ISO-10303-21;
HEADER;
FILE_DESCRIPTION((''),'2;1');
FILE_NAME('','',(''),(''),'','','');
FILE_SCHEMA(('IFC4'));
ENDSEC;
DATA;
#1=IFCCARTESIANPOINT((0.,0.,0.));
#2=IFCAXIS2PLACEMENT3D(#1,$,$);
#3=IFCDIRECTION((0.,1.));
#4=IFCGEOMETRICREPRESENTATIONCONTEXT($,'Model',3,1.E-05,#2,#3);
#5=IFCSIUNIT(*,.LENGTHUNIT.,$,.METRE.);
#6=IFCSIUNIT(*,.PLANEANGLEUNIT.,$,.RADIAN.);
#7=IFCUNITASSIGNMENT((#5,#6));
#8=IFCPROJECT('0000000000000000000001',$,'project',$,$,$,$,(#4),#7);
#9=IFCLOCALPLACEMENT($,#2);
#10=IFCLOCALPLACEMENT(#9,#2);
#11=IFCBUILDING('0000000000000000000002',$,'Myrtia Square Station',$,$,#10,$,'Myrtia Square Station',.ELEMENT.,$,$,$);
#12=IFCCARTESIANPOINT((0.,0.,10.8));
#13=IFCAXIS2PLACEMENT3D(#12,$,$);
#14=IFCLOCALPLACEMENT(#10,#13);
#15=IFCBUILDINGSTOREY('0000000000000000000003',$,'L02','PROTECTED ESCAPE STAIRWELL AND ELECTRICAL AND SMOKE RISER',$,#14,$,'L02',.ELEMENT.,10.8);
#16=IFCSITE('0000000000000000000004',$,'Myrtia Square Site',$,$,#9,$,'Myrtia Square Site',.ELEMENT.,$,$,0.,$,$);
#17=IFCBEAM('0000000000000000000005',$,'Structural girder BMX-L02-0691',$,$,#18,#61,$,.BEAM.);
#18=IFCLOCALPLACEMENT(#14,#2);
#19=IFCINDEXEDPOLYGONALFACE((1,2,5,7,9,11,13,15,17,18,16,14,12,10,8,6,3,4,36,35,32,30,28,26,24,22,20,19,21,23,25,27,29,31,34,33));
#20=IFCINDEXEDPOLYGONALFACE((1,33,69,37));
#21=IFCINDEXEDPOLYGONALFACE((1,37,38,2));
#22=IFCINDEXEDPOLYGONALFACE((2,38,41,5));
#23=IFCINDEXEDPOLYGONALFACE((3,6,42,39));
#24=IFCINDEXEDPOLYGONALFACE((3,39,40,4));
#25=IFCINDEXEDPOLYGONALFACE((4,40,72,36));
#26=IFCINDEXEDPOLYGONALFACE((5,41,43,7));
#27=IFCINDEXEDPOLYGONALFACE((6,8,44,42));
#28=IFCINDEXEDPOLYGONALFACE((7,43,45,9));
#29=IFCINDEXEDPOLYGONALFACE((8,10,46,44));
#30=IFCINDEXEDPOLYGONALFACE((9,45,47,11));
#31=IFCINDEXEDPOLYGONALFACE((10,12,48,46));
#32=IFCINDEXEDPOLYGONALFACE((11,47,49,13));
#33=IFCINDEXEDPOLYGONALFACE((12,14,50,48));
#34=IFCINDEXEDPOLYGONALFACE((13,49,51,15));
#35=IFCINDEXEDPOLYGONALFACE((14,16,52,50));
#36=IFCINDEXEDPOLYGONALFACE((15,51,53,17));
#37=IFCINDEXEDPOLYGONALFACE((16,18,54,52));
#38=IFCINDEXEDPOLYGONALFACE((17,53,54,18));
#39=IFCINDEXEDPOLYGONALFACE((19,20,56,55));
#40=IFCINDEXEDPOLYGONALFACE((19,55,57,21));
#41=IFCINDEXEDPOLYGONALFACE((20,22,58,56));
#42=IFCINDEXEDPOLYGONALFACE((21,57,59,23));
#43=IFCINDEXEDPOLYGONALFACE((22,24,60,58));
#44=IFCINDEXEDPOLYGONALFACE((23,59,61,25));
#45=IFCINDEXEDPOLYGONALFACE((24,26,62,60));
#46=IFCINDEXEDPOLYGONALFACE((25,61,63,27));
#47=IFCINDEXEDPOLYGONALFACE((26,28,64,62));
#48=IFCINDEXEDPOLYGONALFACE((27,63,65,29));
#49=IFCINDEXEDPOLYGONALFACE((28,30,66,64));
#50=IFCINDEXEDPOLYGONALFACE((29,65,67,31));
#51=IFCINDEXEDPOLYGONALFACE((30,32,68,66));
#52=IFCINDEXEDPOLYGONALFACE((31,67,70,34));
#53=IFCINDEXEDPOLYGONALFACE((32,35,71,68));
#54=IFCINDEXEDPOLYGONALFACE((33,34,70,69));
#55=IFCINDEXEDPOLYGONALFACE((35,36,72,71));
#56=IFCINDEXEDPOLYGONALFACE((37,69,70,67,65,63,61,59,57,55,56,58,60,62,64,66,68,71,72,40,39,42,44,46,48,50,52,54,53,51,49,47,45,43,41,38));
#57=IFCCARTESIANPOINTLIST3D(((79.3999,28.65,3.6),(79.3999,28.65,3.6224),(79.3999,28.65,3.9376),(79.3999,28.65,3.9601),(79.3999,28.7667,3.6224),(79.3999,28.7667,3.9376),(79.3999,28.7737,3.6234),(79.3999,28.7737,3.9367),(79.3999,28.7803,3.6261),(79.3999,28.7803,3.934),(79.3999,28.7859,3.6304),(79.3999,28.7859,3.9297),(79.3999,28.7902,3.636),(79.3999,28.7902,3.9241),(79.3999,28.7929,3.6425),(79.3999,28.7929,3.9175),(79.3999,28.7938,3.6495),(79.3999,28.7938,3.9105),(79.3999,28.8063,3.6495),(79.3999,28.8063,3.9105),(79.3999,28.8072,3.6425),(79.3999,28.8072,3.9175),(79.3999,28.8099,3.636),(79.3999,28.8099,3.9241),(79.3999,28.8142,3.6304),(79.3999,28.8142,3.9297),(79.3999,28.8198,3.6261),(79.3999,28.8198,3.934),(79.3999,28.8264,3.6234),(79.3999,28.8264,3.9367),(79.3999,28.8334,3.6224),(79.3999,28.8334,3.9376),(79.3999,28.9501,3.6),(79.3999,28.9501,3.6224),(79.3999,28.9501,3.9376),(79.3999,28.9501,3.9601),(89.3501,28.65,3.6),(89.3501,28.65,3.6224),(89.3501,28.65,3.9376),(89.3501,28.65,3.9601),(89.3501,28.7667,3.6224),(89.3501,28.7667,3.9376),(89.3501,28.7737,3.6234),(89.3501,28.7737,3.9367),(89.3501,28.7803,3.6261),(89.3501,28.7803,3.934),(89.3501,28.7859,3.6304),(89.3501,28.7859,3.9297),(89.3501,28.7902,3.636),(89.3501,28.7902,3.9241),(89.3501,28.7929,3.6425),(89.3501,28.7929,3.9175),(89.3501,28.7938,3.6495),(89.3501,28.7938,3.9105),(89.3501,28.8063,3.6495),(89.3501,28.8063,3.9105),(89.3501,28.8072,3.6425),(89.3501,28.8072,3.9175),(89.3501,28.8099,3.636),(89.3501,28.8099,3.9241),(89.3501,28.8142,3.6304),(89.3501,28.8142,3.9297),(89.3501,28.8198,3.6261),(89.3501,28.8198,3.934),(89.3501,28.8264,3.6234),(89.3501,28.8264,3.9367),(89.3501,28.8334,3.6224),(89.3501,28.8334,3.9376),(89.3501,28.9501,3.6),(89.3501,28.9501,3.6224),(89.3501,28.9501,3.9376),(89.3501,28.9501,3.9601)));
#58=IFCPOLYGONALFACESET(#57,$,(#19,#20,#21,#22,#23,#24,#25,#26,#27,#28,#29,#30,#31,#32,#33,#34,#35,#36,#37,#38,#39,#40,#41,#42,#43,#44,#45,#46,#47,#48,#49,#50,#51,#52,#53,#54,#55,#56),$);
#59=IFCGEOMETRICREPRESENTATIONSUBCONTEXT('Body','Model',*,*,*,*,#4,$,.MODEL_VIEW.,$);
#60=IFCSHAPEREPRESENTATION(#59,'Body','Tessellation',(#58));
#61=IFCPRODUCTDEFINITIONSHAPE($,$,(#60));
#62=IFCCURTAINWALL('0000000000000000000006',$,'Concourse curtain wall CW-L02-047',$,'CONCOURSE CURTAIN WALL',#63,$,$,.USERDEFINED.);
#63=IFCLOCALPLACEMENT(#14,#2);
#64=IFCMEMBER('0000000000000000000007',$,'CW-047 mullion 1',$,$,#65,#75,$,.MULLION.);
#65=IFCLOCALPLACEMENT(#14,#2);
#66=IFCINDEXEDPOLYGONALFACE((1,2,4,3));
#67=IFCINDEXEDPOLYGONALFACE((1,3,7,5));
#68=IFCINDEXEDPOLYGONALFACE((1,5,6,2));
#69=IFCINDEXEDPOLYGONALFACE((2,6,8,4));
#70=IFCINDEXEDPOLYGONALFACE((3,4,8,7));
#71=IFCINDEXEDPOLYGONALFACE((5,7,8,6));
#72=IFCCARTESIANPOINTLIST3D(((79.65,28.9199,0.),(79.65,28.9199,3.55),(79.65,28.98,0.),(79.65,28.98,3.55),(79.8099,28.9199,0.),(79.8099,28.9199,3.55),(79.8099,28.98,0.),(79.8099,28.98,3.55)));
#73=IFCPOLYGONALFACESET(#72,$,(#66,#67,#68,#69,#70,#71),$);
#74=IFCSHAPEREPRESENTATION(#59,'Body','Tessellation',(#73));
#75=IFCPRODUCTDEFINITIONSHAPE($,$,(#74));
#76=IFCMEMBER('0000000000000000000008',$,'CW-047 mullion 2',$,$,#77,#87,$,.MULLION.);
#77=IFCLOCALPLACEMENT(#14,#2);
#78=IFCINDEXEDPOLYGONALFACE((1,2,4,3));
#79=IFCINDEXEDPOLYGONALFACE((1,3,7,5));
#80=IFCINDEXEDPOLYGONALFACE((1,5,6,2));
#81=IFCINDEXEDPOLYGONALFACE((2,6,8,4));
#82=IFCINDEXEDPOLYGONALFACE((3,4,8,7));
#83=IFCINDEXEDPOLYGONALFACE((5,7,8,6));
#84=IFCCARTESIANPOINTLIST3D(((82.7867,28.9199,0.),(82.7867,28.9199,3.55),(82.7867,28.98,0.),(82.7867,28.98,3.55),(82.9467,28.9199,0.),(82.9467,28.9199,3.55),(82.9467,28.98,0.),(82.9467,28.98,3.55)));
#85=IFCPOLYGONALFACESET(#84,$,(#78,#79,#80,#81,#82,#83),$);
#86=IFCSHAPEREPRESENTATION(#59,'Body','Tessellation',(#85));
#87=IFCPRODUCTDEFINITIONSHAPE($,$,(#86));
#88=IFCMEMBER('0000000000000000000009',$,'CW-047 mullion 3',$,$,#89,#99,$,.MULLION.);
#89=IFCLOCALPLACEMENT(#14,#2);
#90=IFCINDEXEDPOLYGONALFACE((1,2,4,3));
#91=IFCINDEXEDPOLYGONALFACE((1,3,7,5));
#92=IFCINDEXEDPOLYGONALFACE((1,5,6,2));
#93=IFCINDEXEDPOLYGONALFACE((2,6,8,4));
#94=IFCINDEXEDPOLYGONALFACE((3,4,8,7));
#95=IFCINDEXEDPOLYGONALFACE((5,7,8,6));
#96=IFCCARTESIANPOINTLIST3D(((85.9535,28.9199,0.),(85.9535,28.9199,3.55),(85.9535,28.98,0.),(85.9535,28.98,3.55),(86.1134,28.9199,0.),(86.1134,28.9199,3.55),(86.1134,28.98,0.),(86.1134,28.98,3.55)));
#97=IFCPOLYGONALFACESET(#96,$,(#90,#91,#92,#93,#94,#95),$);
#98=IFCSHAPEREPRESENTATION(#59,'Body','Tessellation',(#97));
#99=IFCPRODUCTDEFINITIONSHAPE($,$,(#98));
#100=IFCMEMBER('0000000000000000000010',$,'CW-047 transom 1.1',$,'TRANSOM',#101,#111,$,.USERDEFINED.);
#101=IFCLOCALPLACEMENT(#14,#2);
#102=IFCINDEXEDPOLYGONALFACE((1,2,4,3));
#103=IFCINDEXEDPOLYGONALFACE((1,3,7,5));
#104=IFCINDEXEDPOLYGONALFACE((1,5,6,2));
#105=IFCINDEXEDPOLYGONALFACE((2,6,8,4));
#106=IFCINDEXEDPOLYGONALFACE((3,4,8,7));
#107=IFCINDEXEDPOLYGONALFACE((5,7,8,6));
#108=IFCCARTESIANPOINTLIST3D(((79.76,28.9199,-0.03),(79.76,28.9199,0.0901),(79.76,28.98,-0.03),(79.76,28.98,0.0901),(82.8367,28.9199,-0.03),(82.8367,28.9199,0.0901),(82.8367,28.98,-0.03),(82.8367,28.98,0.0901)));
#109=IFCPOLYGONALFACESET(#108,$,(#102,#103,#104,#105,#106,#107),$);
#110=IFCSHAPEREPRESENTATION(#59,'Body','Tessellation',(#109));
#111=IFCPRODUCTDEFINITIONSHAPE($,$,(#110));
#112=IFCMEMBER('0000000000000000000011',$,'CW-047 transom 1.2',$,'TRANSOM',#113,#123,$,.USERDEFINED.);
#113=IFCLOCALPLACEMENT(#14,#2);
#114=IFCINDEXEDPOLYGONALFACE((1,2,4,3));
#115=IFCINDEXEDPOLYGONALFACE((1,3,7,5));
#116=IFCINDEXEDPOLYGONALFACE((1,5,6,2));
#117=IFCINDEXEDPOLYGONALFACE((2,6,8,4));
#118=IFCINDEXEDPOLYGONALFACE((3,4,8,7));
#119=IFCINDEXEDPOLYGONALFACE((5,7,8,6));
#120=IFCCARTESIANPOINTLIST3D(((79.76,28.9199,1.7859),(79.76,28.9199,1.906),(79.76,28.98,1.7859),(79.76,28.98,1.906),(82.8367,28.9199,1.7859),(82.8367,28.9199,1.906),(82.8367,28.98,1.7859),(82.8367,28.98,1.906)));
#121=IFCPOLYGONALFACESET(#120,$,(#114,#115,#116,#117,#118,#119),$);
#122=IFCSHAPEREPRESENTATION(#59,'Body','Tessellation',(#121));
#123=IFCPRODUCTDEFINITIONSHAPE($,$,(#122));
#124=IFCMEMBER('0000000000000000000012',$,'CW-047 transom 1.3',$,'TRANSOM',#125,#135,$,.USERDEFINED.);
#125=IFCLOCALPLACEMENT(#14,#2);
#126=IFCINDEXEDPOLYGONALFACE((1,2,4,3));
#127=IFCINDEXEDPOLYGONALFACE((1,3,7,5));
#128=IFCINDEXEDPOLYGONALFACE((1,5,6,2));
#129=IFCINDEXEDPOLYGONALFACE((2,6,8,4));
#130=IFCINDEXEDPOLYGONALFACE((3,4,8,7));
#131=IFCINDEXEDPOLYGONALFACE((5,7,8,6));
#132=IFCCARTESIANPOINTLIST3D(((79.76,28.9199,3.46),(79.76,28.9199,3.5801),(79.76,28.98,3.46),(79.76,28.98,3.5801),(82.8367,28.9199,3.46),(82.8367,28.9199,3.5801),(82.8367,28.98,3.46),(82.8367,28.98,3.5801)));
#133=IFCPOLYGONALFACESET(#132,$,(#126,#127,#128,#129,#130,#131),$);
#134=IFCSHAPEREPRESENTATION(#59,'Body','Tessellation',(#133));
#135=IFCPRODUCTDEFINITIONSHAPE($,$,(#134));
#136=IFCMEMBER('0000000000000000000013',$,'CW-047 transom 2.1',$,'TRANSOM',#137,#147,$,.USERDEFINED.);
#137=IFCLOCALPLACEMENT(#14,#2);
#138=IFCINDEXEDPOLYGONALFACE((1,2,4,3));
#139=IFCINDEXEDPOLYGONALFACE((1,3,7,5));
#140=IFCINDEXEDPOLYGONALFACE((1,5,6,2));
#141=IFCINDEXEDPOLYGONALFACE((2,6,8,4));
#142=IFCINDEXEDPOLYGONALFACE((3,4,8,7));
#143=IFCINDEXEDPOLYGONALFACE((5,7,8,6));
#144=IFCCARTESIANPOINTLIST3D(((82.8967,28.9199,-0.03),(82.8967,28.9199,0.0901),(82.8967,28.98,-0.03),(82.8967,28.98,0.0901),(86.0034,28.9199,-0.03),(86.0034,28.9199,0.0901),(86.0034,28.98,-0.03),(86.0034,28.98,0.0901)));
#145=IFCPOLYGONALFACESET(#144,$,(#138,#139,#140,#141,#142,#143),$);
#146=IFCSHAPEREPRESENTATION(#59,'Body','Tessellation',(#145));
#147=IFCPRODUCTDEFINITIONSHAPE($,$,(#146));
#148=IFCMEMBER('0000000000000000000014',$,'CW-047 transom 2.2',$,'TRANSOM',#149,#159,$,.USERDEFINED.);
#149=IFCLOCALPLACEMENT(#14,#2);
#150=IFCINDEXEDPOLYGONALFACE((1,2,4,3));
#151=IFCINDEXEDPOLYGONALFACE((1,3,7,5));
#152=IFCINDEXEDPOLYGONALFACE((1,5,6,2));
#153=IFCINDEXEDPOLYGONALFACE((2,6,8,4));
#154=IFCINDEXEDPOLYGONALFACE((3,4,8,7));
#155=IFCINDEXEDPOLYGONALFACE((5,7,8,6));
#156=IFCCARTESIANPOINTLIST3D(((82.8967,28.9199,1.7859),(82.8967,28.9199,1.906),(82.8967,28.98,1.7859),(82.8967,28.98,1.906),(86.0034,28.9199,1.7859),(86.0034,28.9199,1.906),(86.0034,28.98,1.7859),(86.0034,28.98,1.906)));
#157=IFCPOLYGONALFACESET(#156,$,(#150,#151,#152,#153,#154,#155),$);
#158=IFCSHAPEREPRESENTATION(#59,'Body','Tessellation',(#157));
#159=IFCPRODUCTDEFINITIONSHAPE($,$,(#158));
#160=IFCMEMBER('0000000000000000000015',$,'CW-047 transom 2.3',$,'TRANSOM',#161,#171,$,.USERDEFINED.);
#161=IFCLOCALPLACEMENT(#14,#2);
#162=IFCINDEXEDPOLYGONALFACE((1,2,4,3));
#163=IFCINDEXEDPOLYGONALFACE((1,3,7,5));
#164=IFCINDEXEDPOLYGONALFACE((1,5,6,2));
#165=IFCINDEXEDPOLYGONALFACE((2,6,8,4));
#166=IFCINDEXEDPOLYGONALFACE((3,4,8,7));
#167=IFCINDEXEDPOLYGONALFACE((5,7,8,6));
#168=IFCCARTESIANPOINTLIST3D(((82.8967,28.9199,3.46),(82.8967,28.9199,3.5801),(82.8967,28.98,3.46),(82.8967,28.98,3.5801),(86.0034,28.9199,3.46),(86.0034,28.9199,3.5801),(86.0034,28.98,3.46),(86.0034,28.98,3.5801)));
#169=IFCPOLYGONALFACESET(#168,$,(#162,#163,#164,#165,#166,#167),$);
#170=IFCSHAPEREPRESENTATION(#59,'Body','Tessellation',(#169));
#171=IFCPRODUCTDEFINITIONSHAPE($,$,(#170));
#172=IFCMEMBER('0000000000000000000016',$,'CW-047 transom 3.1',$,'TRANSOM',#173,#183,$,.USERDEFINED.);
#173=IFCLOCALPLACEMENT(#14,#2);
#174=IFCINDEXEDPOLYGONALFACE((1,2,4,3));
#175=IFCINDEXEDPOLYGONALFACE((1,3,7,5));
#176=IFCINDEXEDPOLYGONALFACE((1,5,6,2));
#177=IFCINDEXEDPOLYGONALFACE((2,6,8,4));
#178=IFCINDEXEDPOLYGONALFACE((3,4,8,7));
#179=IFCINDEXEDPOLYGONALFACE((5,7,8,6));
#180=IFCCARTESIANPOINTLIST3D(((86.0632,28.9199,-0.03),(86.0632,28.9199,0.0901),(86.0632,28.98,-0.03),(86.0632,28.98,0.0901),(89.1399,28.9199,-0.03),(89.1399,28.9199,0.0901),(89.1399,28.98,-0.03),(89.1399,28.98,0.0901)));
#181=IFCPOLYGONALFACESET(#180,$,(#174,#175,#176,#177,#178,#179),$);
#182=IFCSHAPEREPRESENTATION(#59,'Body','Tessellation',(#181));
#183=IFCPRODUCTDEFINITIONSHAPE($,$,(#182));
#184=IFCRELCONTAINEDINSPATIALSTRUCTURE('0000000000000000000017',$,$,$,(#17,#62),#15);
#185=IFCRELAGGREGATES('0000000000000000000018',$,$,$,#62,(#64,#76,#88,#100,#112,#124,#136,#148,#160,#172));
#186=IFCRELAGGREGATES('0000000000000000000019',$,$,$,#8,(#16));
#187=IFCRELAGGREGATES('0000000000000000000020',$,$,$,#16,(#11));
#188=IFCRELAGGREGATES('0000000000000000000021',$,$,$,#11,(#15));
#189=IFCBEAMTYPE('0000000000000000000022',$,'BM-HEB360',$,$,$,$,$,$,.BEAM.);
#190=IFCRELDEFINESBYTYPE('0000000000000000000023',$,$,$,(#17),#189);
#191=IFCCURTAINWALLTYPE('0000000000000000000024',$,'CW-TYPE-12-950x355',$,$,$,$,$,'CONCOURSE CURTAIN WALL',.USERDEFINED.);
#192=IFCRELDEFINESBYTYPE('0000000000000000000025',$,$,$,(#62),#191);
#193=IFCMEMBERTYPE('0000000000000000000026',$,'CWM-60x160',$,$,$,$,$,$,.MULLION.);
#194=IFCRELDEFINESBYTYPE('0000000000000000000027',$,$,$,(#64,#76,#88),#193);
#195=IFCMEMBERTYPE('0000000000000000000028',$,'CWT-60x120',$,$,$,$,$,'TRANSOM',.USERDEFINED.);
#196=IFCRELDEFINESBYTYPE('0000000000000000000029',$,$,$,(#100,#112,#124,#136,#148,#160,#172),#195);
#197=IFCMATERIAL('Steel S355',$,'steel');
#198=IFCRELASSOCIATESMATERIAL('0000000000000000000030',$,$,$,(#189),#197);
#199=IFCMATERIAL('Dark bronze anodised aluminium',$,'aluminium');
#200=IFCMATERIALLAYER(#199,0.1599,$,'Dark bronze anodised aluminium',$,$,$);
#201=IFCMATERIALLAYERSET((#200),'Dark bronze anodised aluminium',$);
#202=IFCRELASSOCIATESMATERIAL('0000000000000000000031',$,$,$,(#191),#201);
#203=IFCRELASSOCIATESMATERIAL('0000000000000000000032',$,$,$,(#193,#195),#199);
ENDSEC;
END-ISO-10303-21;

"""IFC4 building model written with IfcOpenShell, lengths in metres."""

from ifc_helpers import new_model, si_unit, direction, frame, origin, origin_2d, place, context, subcontext, project, spatial, rectangle, i_section, extrude, material, layer, layer_set, material_profile, profile_set, type_object, element, aggregate, save


model = new_model("IFC4")

# Units and contexts
model_context = context("Model", 3, precision=1e-05, world=origin(), true_north=direction((0.0, 1.0)))
body_context = subcontext(model_context, "Body", "Model", "MODEL_VIEW")
ifc_project = project(units=[si_unit("LENGTHUNIT", "METRE"), si_unit("PLANEANGLEUNIT", "RADIAN")], contexts=[model_context])

# Site, building, storey
site_placement = place(None, origin())
site = spatial("IfcSite", under=ifc_project, at=site_placement, Name="Myrtia Square Site", LongName="Myrtia Square Site", CompositionType="ELEMENT", RefElevation=0.0)
building_placement = place(site_placement, origin())
building = spatial("IfcBuilding", under=site, at=building_placement, Name="Myrtia Square Station", LongName="Myrtia Square Station", CompositionType="ELEMENT")
storey_placement = place(building_placement, frame((0.0, 0.0, 10.8)))
storey = spatial("IfcBuildingStorey", under=building, at=storey_placement, Name="L02", Description="PROTECTED ESCAPE STAIRWELL AND ELECTRICAL AND SMOKE RISER", LongName="L02", CompositionType="ELEMENT", Elevation=10.8)

# Beam
ifc_material_1 = material(Name="Steel S355", Category="steel")
ifc_material_profile_1 = material_profile(ifc_material_1, i_section(OverallWidth=0.3, OverallDepth=0.3601, WebThickness=0.0125, FlangeThickness=0.0225, FilletRadius=0.0271, at=origin_2d()), Name="HEB 360")
ifc_profile_set_1 = profile_set([ifc_material_profile_1], Name="Steel S355")
beam_type = type_object("IfcBeamType", Name="BM-HEB360", PredefinedType="BEAM", material=ifc_profile_set_1)
beam_placement = place(storey_placement, frame((79.3999, 28.8, 3.78), z_axis=(1.0, 0.0, 0.0), x_axis=(0.0, 1.0, 0.0)))
element("IfcBeam", 1, at=beam_placement, inside=storey, type_object=beam_type, Name="Structural girder BMX-L02-0691", PredefinedType="BEAM", context=body_context, shape_type="SweptSolid", body=[
    extrude(i_section(OverallWidth=0.3, OverallDepth=0.3601, WebThickness=0.0125, FlangeThickness=0.0225, FilletRadius=0.0271, at=origin_2d()), origin(), (0.0, 0.0, 1.0), 9.9502),
])

# Curtain wall, members
ifc_material_2 = material(Name="Dark bronze anodised aluminium", Category="aluminium")
ifc_layer_1 = layer(ifc_material_2, 0.1599, Name="Dark bronze anodised aluminium")
ifc_layer_set_1 = layer_set([ifc_layer_1], Name="Dark bronze anodised aluminium")
curtain_wall_type = type_object("IfcCurtainWallType", Name="CW-TYPE-12-950x355", ElementType="CONCOURSE CURTAIN WALL", PredefinedType="USERDEFINED", material=ifc_layer_set_1)
curtain_wall_placement = place(storey_placement, origin())
curtain_wall = element("IfcCurtainWall", 2, at=curtain_wall_placement, inside=storey, type_object=curtain_wall_type, Name="Concourse curtain wall CW-L02-047", ObjectType="CONCOURSE CURTAIN WALL", PredefinedType="USERDEFINED")
ifc_material_profile_2 = material_profile(ifc_material_2, rectangle(XDim=0.0601, YDim=0.1599, at=origin_2d()), Name="ALU-M 60x160")
ifc_profile_set_2 = profile_set([ifc_material_profile_2], Name="Dark bronze anodised aluminium")
member_type_1 = type_object("IfcMemberType", Name="CWM-60x160", PredefinedType="MULLION", material=ifc_profile_set_2)
member_1_placement = place(storey_placement, frame((79.73, 28.95, 0.0), z_axis=(0.0, 0.0, 1.0), x_axis=(0.0, 1.0, 0.0)))
member_1 = element("IfcMember", 3, at=member_1_placement, type_object=member_type_1, Name="CW-047 mullion 1", PredefinedType="MULLION", context=body_context, shape_type="SweptSolid", body=[
    extrude(rectangle(XDim=0.0601, YDim=0.1599, at=origin_2d()), origin(), (0.0, 0.0, 1.0), 3.55),
])
member_2_placement = place(storey_placement, frame((82.8667, 28.95, 0.0), z_axis=(0.0, 0.0, 1.0), x_axis=(0.0, 1.0, 0.0)))
member_2 = element("IfcMember", 4, at=member_2_placement, type_object=member_type_1, Name="CW-047 mullion 2", PredefinedType="MULLION", context=body_context, shape_type="SweptSolid", body=[
    extrude(rectangle(XDim=0.0601, YDim=0.1599, at=origin_2d()), origin(), (0.0, 0.0, 1.0), 3.55),
])
member_3_placement = place(storey_placement, frame((86.0334, 28.95, 0.0), z_axis=(0.0, 0.0, 1.0), x_axis=(0.0, 1.0, 0.0)))
member_3 = element("IfcMember", 5, at=member_3_placement, type_object=member_type_1, Name="CW-047 mullion 3", PredefinedType="MULLION", context=body_context, shape_type="SweptSolid", body=[
    extrude(rectangle(XDim=0.0601, YDim=0.1599, at=origin_2d()), origin(), (0.0, 0.0, 1.0), 3.55),
])
ifc_material_profile_3 = material_profile(ifc_material_2, rectangle(XDim=0.0601, YDim=0.1201, at=origin_2d()), Name="ALU-T 60x120")
ifc_profile_set_3 = profile_set([ifc_material_profile_3], Name="Dark bronze anodised aluminium")
member_type_2 = type_object("IfcMemberType", Name="CWT-60x120", ElementType="TRANSOM", PredefinedType="USERDEFINED", material=ifc_profile_set_3)
member_4_placement = place(storey_placement, frame((79.76, 28.95, 0.03), z_axis=(1.0, 0.0, 0.0), x_axis=(0.0, 1.0, 0.0)))
member_4 = element("IfcMember", 6, at=member_4_placement, type_object=member_type_2, Name="CW-047 transom 1.1", ObjectType="TRANSOM", PredefinedType="USERDEFINED", context=body_context, shape_type="SweptSolid", body=[
    extrude(rectangle(XDim=0.0601, YDim=0.1201, at=origin_2d()), origin(), (0.0, 0.0, 1.0), 3.0767),
])
member_5_placement = place(storey_placement, frame((79.76, 28.95, 1.8459), z_axis=(1.0, 0.0, 0.0), x_axis=(0.0, 1.0, 0.0)))
member_5 = element("IfcMember", 7, at=member_5_placement, type_object=member_type_2, Name="CW-047 transom 1.2", ObjectType="TRANSOM", PredefinedType="USERDEFINED", context=body_context, shape_type="SweptSolid", body=[
    extrude(rectangle(XDim=0.0601, YDim=0.1201, at=origin_2d()), origin(), (0.0, 0.0, 1.0), 3.0767),
])
member_6_placement = place(storey_placement, frame((79.76, 28.95, 3.52), z_axis=(1.0, 0.0, 0.0), x_axis=(0.0, 1.0, 0.0)))
member_6 = element("IfcMember", 8, at=member_6_placement, type_object=member_type_2, Name="CW-047 transom 1.3", ObjectType="TRANSOM", PredefinedType="USERDEFINED", context=body_context, shape_type="SweptSolid", body=[
    extrude(rectangle(XDim=0.0601, YDim=0.1201, at=origin_2d()), origin(), (0.0, 0.0, 1.0), 3.0767),
])
member_7_placement = place(storey_placement, frame((82.8967, 28.95, 0.03), z_axis=(1.0, 0.0, 0.0), x_axis=(0.0, 1.0, 0.0)))
member_7 = element("IfcMember", 9, at=member_7_placement, type_object=member_type_2, Name="CW-047 transom 2.1", ObjectType="TRANSOM", PredefinedType="USERDEFINED", context=body_context, shape_type="SweptSolid", body=[
    extrude(rectangle(XDim=0.0601, YDim=0.1201, at=origin_2d()), origin(), (0.0, 0.0, 1.0), 3.1067),
])
member_8_placement = place(storey_placement, frame((82.8967, 28.95, 1.8459), z_axis=(1.0, 0.0, 0.0), x_axis=(0.0, 1.0, 0.0)))
member_8 = element("IfcMember", 10, at=member_8_placement, type_object=member_type_2, Name="CW-047 transom 2.2", ObjectType="TRANSOM", PredefinedType="USERDEFINED", context=body_context, shape_type="SweptSolid", body=[
    extrude(rectangle(XDim=0.0601, YDim=0.1201, at=origin_2d()), origin(), (0.0, 0.0, 1.0), 3.1067),
])
member_9_placement = place(storey_placement, frame((82.8967, 28.95, 3.52), z_axis=(1.0, 0.0, 0.0), x_axis=(0.0, 1.0, 0.0)))
member_9 = element("IfcMember", 11, at=member_9_placement, type_object=member_type_2, Name="CW-047 transom 2.3", ObjectType="TRANSOM", PredefinedType="USERDEFINED", context=body_context, shape_type="SweptSolid", body=[
    extrude(rectangle(XDim=0.0601, YDim=0.1201, at=origin_2d()), origin(), (0.0, 0.0, 1.0), 3.1067),
])
member_10_placement = place(storey_placement, frame((86.0632, 28.95, 0.03), z_axis=(1.0, 0.0, 0.0), x_axis=(0.0, 1.0, 0.0)))
member_10 = element("IfcMember", 12, at=member_10_placement, type_object=member_type_2, Name="CW-047 transom 3.1", ObjectType="TRANSOM", PredefinedType="USERDEFINED", context=body_context, shape_type="SweptSolid", body=[
    extrude(rectangle(XDim=0.0601, YDim=0.1201, at=origin_2d()), origin(), (0.0, 0.0, 1.0), 3.0767),
])
aggregate(curtain_wall, [member_1, member_2, member_3, member_4, member_5, member_6, member_7, member_8, member_9, member_10])

save(model, "model.ifc")
